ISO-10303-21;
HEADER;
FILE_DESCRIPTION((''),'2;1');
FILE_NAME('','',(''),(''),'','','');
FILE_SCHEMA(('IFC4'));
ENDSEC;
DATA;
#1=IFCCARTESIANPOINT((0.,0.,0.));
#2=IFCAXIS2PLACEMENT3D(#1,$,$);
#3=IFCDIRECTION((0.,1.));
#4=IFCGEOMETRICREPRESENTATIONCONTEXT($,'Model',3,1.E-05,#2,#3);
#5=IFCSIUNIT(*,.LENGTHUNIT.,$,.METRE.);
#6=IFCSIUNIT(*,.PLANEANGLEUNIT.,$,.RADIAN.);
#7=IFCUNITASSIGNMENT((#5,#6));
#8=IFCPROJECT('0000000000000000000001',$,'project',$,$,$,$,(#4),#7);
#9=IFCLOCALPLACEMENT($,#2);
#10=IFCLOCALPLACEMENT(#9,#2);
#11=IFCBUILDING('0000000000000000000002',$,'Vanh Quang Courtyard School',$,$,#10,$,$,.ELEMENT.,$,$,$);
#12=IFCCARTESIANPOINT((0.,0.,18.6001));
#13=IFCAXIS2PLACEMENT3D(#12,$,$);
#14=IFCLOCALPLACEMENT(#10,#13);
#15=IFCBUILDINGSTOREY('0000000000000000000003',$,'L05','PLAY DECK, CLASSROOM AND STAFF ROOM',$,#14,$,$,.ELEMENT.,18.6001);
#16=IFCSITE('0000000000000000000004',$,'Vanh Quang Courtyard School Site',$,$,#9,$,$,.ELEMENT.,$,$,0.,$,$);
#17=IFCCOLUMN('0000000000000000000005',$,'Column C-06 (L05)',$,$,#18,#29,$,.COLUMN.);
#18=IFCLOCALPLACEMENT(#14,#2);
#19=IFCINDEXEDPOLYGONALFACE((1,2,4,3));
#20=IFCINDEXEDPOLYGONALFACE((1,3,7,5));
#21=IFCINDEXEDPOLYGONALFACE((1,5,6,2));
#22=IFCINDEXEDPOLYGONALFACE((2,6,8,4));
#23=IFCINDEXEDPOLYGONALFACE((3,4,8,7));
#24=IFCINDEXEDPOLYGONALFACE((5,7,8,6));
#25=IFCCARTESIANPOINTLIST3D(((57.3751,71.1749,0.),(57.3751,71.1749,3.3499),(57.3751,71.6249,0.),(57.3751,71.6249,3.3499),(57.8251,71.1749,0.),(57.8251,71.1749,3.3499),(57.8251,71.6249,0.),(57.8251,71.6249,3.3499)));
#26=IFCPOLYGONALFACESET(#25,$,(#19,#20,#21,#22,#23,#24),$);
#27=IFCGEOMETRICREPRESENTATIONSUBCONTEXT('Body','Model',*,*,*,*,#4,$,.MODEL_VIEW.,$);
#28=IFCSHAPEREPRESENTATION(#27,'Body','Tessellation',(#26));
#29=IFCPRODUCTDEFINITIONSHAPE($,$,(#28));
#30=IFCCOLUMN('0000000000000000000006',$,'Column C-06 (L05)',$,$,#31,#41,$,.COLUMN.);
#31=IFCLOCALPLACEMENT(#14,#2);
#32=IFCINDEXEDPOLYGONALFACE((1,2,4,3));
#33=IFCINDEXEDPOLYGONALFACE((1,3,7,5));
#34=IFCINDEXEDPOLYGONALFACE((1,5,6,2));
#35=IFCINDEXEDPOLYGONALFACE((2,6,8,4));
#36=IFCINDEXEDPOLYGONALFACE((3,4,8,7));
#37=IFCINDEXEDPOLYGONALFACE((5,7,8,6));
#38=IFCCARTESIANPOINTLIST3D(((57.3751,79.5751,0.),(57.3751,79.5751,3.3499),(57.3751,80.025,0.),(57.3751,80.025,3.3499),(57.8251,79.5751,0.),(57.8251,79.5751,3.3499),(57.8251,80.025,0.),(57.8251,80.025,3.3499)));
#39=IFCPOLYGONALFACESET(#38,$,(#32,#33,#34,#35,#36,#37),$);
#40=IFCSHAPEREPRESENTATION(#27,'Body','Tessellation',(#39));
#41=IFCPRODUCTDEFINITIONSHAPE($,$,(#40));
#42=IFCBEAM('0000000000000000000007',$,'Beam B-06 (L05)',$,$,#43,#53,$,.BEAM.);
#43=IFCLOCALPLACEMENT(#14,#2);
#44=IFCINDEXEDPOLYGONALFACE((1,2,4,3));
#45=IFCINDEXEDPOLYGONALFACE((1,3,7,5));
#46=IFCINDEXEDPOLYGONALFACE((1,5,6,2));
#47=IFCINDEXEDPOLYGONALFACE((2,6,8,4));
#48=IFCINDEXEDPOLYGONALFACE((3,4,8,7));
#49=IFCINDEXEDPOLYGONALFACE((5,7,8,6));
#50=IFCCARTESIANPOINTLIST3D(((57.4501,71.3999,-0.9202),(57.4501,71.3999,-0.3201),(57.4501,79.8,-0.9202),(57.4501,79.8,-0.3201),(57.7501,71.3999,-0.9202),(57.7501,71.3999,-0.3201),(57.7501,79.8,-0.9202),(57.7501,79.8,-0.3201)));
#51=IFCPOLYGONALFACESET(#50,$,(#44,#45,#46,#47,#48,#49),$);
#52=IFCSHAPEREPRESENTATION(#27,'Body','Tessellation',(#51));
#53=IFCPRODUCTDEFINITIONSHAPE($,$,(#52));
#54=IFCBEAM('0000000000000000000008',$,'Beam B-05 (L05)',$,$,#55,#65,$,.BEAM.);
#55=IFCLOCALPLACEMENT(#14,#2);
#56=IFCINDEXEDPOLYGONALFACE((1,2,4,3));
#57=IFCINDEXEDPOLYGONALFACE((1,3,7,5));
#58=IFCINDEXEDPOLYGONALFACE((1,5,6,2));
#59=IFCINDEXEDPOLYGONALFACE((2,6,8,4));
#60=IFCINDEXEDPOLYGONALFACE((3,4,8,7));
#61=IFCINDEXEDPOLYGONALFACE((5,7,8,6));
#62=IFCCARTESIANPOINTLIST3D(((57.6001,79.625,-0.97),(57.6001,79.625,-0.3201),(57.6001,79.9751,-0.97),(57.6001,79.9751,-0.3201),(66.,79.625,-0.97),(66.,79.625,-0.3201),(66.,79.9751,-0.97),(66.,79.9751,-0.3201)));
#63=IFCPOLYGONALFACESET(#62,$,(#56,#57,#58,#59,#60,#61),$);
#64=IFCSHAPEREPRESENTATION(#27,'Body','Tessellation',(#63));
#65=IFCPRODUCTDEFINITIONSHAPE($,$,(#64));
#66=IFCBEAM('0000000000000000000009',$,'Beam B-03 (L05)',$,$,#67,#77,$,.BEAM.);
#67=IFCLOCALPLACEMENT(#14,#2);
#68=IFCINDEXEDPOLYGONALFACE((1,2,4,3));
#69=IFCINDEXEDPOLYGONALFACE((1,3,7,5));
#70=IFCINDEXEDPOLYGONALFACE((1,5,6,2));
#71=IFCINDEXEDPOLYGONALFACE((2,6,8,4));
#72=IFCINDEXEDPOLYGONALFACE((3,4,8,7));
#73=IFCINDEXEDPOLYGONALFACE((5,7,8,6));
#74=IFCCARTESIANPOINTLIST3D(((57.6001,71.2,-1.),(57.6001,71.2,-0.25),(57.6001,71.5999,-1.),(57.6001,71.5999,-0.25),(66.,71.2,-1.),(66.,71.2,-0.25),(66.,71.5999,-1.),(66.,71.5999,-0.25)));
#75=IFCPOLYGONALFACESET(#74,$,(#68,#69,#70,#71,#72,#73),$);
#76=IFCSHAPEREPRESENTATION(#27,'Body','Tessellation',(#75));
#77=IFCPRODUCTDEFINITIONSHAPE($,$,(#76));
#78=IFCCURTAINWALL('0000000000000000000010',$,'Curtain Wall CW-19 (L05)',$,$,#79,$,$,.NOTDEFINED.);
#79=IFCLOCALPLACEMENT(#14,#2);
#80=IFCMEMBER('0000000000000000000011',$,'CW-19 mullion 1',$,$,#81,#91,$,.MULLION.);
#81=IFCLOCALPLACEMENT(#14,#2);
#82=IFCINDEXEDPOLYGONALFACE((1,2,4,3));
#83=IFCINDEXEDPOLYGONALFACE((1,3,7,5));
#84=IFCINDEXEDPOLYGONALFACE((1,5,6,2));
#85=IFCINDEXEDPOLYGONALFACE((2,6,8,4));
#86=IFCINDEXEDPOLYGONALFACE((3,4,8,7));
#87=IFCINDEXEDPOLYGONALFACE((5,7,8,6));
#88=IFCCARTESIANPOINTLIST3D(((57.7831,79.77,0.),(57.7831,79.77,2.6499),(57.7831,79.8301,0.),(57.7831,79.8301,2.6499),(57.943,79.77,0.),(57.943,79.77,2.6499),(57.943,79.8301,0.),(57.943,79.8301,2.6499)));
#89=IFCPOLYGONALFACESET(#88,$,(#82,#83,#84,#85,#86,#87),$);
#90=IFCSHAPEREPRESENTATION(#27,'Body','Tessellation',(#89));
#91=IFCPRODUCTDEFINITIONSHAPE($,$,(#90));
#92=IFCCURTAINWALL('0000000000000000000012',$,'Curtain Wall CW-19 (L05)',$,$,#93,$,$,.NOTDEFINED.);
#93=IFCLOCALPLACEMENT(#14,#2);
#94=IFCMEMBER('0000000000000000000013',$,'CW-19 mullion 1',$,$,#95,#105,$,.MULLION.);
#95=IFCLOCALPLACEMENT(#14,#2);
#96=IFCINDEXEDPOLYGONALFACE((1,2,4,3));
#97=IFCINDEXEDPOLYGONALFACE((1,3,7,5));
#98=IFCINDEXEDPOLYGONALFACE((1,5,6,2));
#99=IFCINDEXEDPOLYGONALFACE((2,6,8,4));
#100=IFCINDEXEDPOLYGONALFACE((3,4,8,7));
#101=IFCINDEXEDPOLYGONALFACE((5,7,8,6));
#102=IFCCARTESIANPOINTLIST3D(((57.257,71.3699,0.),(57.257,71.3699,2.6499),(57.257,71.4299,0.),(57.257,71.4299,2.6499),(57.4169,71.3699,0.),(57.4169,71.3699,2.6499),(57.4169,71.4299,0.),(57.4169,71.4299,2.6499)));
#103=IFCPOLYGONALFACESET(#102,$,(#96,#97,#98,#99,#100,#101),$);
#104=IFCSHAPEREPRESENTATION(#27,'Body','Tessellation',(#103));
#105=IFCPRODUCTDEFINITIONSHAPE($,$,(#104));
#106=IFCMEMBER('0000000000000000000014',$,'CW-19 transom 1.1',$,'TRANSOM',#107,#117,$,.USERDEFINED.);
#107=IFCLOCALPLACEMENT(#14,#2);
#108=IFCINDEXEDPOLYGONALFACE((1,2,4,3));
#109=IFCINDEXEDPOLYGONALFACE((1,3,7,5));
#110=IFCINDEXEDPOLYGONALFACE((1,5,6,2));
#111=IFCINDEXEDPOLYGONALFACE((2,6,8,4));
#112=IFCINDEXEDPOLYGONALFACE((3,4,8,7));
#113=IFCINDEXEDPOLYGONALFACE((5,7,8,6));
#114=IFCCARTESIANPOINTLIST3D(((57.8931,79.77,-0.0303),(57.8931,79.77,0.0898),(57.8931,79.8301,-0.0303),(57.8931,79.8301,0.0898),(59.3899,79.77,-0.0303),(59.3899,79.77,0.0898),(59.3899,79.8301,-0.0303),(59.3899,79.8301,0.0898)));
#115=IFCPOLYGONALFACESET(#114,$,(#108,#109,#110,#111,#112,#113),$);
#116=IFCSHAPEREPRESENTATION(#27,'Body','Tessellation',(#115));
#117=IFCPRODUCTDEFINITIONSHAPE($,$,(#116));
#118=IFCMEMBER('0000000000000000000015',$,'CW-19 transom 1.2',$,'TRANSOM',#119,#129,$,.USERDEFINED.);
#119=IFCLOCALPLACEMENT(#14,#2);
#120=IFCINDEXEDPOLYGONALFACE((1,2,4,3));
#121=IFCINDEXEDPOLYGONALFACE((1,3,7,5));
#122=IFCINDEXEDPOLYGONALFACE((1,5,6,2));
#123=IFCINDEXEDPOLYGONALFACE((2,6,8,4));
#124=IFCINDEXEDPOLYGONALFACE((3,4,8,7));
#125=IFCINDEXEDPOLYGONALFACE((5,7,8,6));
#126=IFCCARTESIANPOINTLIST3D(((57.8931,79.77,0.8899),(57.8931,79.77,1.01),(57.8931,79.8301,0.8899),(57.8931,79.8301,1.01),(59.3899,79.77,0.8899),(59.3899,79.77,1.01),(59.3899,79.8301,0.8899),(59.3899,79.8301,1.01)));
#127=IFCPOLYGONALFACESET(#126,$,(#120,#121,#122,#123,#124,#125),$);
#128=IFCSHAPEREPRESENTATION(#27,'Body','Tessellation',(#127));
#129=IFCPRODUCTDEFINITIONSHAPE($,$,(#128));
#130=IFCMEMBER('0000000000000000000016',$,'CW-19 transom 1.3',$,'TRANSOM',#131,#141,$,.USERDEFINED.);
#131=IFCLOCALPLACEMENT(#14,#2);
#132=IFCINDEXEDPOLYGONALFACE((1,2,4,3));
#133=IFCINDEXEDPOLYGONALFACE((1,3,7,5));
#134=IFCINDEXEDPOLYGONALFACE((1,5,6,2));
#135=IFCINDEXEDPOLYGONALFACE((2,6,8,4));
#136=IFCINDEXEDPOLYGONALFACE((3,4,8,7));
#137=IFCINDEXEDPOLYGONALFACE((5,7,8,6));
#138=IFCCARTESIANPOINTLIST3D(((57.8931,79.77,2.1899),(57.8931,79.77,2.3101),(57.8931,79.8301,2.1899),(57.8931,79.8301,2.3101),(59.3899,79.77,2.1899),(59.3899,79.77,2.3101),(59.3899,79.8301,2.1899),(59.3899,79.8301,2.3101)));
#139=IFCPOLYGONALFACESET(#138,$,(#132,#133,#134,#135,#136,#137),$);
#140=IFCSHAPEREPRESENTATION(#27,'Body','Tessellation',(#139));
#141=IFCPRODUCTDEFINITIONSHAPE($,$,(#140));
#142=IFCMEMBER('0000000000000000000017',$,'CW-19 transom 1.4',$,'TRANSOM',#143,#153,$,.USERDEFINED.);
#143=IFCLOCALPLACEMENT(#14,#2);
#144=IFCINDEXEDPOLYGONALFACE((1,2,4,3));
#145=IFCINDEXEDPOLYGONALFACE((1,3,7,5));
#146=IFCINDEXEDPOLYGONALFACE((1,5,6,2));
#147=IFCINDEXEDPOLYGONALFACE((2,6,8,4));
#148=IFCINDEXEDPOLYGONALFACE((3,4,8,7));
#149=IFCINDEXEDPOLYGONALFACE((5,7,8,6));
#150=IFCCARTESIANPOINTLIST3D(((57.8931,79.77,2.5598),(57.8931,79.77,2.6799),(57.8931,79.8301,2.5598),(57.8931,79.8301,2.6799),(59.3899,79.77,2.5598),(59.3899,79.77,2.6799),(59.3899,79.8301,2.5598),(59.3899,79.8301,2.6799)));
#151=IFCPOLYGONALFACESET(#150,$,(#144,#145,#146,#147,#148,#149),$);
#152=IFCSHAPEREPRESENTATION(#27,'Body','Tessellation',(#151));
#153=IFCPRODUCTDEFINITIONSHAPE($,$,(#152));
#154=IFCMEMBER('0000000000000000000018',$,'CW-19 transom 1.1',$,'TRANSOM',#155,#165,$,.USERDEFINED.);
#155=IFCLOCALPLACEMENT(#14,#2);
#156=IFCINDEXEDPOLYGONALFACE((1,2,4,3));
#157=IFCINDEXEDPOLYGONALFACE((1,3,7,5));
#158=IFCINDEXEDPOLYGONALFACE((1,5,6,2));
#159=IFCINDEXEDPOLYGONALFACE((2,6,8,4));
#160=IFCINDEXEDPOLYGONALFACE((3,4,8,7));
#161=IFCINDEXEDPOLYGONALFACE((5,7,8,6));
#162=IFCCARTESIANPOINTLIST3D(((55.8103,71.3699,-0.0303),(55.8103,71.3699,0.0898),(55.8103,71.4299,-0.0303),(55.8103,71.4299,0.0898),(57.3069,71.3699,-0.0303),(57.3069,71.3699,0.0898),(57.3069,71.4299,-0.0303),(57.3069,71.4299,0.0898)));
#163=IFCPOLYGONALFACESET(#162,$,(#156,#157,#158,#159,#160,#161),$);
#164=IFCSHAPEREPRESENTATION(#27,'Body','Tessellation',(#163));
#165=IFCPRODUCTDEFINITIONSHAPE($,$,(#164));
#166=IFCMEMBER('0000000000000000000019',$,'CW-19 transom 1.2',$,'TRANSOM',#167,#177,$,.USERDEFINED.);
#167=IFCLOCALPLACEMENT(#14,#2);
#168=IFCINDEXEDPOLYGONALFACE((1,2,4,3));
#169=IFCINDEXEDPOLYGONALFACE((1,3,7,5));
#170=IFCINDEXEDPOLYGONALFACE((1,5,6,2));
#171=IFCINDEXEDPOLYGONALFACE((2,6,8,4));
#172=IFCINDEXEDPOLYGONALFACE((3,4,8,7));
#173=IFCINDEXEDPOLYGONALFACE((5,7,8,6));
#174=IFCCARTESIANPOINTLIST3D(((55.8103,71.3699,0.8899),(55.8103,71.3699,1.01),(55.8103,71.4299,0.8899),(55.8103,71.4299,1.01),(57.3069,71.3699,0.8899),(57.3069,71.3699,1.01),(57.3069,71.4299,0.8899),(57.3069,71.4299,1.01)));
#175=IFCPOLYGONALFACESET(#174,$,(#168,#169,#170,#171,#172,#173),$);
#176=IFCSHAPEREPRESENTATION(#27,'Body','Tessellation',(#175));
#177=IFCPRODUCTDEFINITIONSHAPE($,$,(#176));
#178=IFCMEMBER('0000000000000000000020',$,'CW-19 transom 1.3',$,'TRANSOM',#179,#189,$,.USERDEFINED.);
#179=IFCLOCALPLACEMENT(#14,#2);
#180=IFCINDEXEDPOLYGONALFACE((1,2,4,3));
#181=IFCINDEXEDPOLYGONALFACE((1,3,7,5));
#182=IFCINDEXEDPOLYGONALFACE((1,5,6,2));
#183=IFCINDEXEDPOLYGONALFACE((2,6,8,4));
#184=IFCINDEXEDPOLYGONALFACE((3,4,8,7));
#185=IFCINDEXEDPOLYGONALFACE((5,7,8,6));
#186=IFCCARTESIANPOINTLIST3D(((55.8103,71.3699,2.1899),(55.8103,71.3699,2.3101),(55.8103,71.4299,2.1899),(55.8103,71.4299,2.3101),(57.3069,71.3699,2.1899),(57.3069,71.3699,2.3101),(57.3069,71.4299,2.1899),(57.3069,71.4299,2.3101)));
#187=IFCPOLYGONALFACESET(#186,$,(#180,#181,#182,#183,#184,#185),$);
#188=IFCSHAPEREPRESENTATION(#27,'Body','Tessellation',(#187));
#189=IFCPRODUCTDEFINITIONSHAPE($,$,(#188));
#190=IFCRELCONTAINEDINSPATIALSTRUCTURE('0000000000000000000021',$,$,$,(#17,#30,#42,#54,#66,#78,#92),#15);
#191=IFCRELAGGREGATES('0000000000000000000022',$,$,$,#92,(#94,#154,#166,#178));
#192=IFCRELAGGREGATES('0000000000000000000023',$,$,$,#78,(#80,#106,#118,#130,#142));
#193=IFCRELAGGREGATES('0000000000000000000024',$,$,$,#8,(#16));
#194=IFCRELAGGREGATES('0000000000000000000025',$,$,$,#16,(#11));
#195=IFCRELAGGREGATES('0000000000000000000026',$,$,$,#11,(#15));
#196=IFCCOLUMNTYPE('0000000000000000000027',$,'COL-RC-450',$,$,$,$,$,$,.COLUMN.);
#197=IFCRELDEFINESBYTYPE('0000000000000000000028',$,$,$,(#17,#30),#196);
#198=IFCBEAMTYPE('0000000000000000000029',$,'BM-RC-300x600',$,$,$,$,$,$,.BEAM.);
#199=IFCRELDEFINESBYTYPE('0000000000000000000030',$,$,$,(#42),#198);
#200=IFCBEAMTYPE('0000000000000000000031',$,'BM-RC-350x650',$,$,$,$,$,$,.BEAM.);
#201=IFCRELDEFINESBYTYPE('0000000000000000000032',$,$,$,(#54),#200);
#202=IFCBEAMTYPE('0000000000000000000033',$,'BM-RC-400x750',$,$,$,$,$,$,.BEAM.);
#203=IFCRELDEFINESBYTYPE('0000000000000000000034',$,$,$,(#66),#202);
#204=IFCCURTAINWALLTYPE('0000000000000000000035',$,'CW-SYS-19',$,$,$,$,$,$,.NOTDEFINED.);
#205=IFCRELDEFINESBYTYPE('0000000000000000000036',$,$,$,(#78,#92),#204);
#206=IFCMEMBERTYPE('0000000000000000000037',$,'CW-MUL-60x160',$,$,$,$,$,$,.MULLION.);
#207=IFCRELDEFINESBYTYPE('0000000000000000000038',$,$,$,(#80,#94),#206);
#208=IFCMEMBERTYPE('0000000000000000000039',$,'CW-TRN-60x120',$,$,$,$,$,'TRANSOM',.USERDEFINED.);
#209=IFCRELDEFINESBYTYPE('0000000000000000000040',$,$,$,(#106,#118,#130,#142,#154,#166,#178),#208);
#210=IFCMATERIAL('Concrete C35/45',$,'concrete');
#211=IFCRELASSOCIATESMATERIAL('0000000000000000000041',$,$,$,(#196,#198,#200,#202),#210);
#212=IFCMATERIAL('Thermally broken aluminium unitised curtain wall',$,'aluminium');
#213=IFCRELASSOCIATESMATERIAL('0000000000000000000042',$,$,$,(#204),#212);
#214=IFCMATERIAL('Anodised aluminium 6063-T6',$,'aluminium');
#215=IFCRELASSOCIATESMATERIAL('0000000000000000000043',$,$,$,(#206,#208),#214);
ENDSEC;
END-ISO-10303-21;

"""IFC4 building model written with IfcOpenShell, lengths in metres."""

from ifc_helpers import new_model, si_unit, direction, frame, origin, origin_2d, place, context, subcontext, project, spatial, rectangle, extrude, material, material_profile, profile_set, type_object, element, aggregate, save


model = new_model("IFC4")

# Units and contexts
model_context = context("Model", 3, precision=1e-05, world=origin(), true_north=direction((0.0, 1.0)))
body_context = subcontext(model_context, "Body", "Model", "MODEL_VIEW")
ifc_project = project(units=[si_unit("LENGTHUNIT", "METRE"), si_unit("PLANEANGLEUNIT", "RADIAN")], contexts=[model_context])

# Site, building, storey
site_placement = place(None, origin())
site = spatial("IfcSite", under=ifc_project, at=site_placement, Name="Vanh Quang Courtyard School Site", CompositionType="ELEMENT", RefElevation=0.0)
building_placement = place(site_placement, origin())
building = spatial("IfcBuilding", under=site, at=building_placement, Name="Vanh Quang Courtyard School", CompositionType="ELEMENT")
storey_placement = place(building_placement, frame((0.0, 0.0, 18.6001)))
storey = spatial("IfcBuildingStorey", under=building, at=storey_placement, Name="L05", Description="PLAY DECK, CLASSROOM AND STAFF ROOM", CompositionType="ELEMENT", Elevation=18.6001)

# Columns
ifc_material_1 = material(Name="Concrete C35/45", Category="concrete")
ifc_material_profile_1 = material_profile(ifc_material_1, rectangle(XDim=0.45, YDim=0.45, at=origin_2d()), Name="RC-COL 450x450")
ifc_profile_set_1 = profile_set([ifc_material_profile_1], Name="Concrete C35/45")
column_type = type_object("IfcColumnType", Name="COL-RC-450", PredefinedType="COLUMN", material=ifc_profile_set_1)
for number, where, z_axis, x_axis, name in (
    (1, (57.6001, 71.3999, 0.0), (0.0, 0.0, 1.0), (1.0, 0.0, 0.0), "Column C-06 (L05)"),
    (2, (57.6001, 79.8, 0.0), (0.0, 0.0, 1.0), (1.0, 0.0, 0.0), "Column C-06 (L05)"),
):
    element("IfcColumn", number, at=place(storey_placement, frame(where, z_axis=z_axis, x_axis=x_axis)), inside=storey, type_object=column_type, Name=name, PredefinedType="COLUMN", context=body_context, shape_type="SweptSolid", body=[
        extrude(rectangle(XDim=0.45, YDim=0.45, at=origin_2d()), origin(), (0.0, 0.0, 1.0), 3.3499),
    ])

# Beams
ifc_material_profile_2 = material_profile(ifc_material_1, rectangle(XDim=0.3, YDim=0.6001, at=origin_2d()), Name="RC-BM 300x600")
ifc_profile_set_2 = profile_set([ifc_material_profile_2], Name="Concrete C35/45")
beam_type_1 = type_object("IfcBeamType", Name="BM-RC-300x600", PredefinedType="BEAM", material=ifc_profile_set_2)
beam_1_placement = place(storey_placement, frame((57.6001, 71.3999, -0.6201), z_axis=(0.0, 1.0, 0.0), x_axis=(-1.0, 0.0, 0.0)))
element("IfcBeam", 3, at=beam_1_placement, inside=storey, type_object=beam_type_1, Name="Beam B-06 (L05)", PredefinedType="BEAM", context=body_context, shape_type="SweptSolid", body=[
    extrude(rectangle(XDim=0.3, YDim=0.6001, at=origin_2d()), origin(), (0.0, 0.0, 1.0), 8.4001),
])
ifc_material_profile_3 = material_profile(ifc_material_1, rectangle(XDim=0.3501, YDim=0.6499, at=origin_2d()), Name="RC-BM 350x650")
ifc_profile_set_3 = profile_set([ifc_material_profile_3], Name="Concrete C35/45")
beam_type_2 = type_object("IfcBeamType", Name="BM-RC-350x650", PredefinedType="BEAM", material=ifc_profile_set_3)
beam_2_placement = place(storey_placement, frame((57.6001, 79.8, -0.645), z_axis=(1.0, 0.0, 0.0), x_axis=(0.0, 1.0, 0.0)))
element("IfcBeam", 4, at=beam_2_placement, inside=storey, type_object=beam_type_2, Name="Beam B-05 (L05)", PredefinedType="BEAM", context=body_context, shape_type="SweptSolid", body=[
    extrude(rectangle(XDim=0.3501, YDim=0.6499, at=origin_2d()), origin(), (0.0, 0.0, 1.0), 8.3999),
])
ifc_material_profile_4 = material_profile(ifc_material_1, rectangle(XDim=0.3999, YDim=0.75, at=origin_2d()), Name="RC-BM 400x750")
ifc_profile_set_4 = profile_set([ifc_material_profile_4], Name="Concrete C35/45")
beam_type_3 = type_object("IfcBeamType", Name="BM-RC-400x750", PredefinedType="BEAM", material=ifc_profile_set_4)
beam_3_placement = place(storey_placement, frame((57.6001, 71.3999, -0.625), z_axis=(1.0, 0.0, 0.0), x_axis=(0.0, 1.0, 0.0)))
element("IfcBeam", 5, at=beam_3_placement, inside=storey, type_object=beam_type_3, Name="Beam B-03 (L05)", PredefinedType="BEAM", context=body_context, shape_type="SweptSolid", body=[
    extrude(rectangle(XDim=0.3999, YDim=0.75, at=origin_2d()), origin(), (0.0, 0.0, 1.0), 8.3999),
])

# Curtain walls, members
ifc_material_2 = material(Name="Thermally broken aluminium unitised curtain wall", Category="aluminium")
curtain_wall_type = type_object("IfcCurtainWallType", Name="CW-SYS-19", PredefinedType="NOTDEFINED", material=ifc_material_2)
curtain_wall_1_placement = place(storey_placement, origin())
curtain_wall_1 = element("IfcCurtainWall", 6, at=curtain_wall_1_placement, inside=storey, type_object=curtain_wall_type, Name="Curtain Wall CW-19 (L05)", PredefinedType="NOTDEFINED")
ifc_material_3 = material(Name="Anodised aluminium 6063-T6", Category="aluminium")
ifc_material_profile_5 = material_profile(ifc_material_3, rectangle(XDim=0.0601, YDim=0.1599, at=origin_2d()), Name="ALU-MUL 60x160")
ifc_profile_set_5 = profile_set([ifc_material_profile_5], Name="Anodised aluminium 6063-T6")
member_type_1 = type_object("IfcMemberType", Name="CW-MUL-60x160", PredefinedType="MULLION", material=ifc_profile_set_5)
member_1_placement = place(storey_placement, frame((57.863, 79.8, 0.0), z_axis=(0.0, 0.0, 1.0), x_axis=(0.0, 1.0, 0.0)))
member_1 = element("IfcMember", 7, at=member_1_placement, type_object=member_type_1, Name="CW-19 mullion 1", PredefinedType="MULLION", context=body_context, shape_type="SweptSolid", body=[
    extrude(rectangle(XDim=0.0601, YDim=0.1599, at=origin_2d()), origin(), (0.0, 0.0, 1.0), 2.6499),
])
curtain_wall_2_placement = place(storey_placement, origin())
curtain_wall_2 = element("IfcCurtainWall", 8, at=curtain_wall_2_placement, inside=storey, type_object=curtain_wall_type, Name="Curtain Wall CW-19 (L05)", PredefinedType="NOTDEFINED")
member_2_placement = place(storey_placement, frame((57.3369, 71.3999, 0.0), z_axis=(0.0, 0.0, 1.0), x_axis=(0.0, -1.0, 0.0)))
member_2 = element("IfcMember", 9, at=member_2_placement, type_object=member_type_1, Name="CW-19 mullion 1", PredefinedType="MULLION", context=body_context, shape_type="SweptSolid", body=[
    extrude(rectangle(XDim=0.0601, YDim=0.1599, at=origin_2d()), origin(), (0.0, 0.0, 1.0), 2.6499),
])

# Members
ifc_material_profile_6 = material_profile(ifc_material_3, rectangle(XDim=0.0601, YDim=0.1201, at=origin_2d()), Name="ALU-TRN 60x120")
ifc_profile_set_6 = profile_set([ifc_material_profile_6], Name="Anodised aluminium 6063-T6")
member_type_2 = type_object("IfcMemberType", Name="CW-TRN-60x120", ElementType="TRANSOM", PredefinedType="USERDEFINED", material=ifc_profile_set_6)
member_3_placement = place(storey_placement, frame((57.8931, 79.8, 0.0298), z_axis=(1.0, 0.0, 0.0), x_axis=(0.0, 1.0, 0.0)))
member_3 = element("IfcMember", 10, at=member_3_placement, type_object=member_type_2, Name="CW-19 transom 1.1", ObjectType="TRANSOM", PredefinedType="USERDEFINED", context=body_context, shape_type="SweptSolid", body=[
    extrude(rectangle(XDim=0.0601, YDim=0.1201, at=origin_2d()), origin(), (0.0, 0.0, 1.0), 1.4968),
])
member_4_placement = place(storey_placement, frame((57.8931, 79.8, 0.95), z_axis=(1.0, 0.0, 0.0), x_axis=(0.0, 1.0, 0.0)))
member_4 = element("IfcMember", 11, at=member_4_placement, type_object=member_type_2, Name="CW-19 transom 1.2", ObjectType="TRANSOM", PredefinedType="USERDEFINED", context=body_context, shape_type="SweptSolid", body=[
    extrude(rectangle(XDim=0.0601, YDim=0.1201, at=origin_2d()), origin(), (0.0, 0.0, 1.0), 1.4968),
])
member_5_placement = place(storey_placement, frame((57.8931, 79.8, 2.25), z_axis=(1.0, 0.0, 0.0), x_axis=(0.0, 1.0, 0.0)))
member_5 = element("IfcMember", 12, at=member_5_placement, type_object=member_type_2, Name="CW-19 transom 1.3", ObjectType="TRANSOM", PredefinedType="USERDEFINED", context=body_context, shape_type="SweptSolid", body=[
    extrude(rectangle(XDim=0.0601, YDim=0.1201, at=origin_2d()), origin(), (0.0, 0.0, 1.0), 1.4968),
])
member_6_placement = place(storey_placement, frame((57.8931, 79.8, 2.6199), z_axis=(1.0, 0.0, 0.0), x_axis=(0.0, 1.0, 0.0)))
member_6 = element("IfcMember", 13, at=member_6_placement, type_object=member_type_2, Name="CW-19 transom 1.4", ObjectType="TRANSOM", PredefinedType="USERDEFINED", context=body_context, shape_type="SweptSolid", body=[
    extrude(rectangle(XDim=0.0601, YDim=0.1201, at=origin_2d()), origin(), (0.0, 0.0, 1.0), 1.4968),
])
member_7_placement = place(storey_placement, frame((57.3069, 71.3999, 0.0298), z_axis=(-1.0, 0.0, 0.0), x_axis=(0.0, -1.0, 0.0)))
member_7 = element("IfcMember", 14, at=member_7_placement, type_object=member_type_2, Name="CW-19 transom 1.1", ObjectType="TRANSOM", PredefinedType="USERDEFINED", context=body_context, shape_type="SweptSolid", body=[
    extrude(rectangle(XDim=0.0601, YDim=0.1201, at=origin_2d()), origin(), (0.0, 0.0, 1.0), 1.4966),
])
member_8_placement = place(storey_placement, frame((57.3069, 71.3999, 0.95), z_axis=(-1.0, 0.0, 0.0), x_axis=(0.0, -1.0, 0.0)))
member_8 = element("IfcMember", 15, at=member_8_placement, type_object=member_type_2, Name="CW-19 transom 1.2", ObjectType="TRANSOM", PredefinedType="USERDEFINED", context=body_context, shape_type="SweptSolid", body=[
    extrude(rectangle(XDim=0.0601, YDim=0.1201, at=origin_2d()), origin(), (0.0, 0.0, 1.0), 1.4966),
])
member_9_placement = place(storey_placement, frame((57.3069, 71.3999, 2.25), z_axis=(-1.0, 0.0, 0.0), x_axis=(0.0, -1.0, 0.0)))
member_9 = element("IfcMember", 16, at=member_9_placement, type_object=member_type_2, Name="CW-19 transom 1.3", ObjectType="TRANSOM", PredefinedType="USERDEFINED", context=body_context, shape_type="SweptSolid", body=[
    extrude(rectangle(XDim=0.0601, YDim=0.1201, at=origin_2d()), origin(), (0.0, 0.0, 1.0), 1.4966),
])
aggregate(curtain_wall_2, [member_2, member_7, member_8, member_9])

aggregate(curtain_wall_1, [member_1, member_3, member_4, member_5, member_6])

save(model, "model.ifc")
